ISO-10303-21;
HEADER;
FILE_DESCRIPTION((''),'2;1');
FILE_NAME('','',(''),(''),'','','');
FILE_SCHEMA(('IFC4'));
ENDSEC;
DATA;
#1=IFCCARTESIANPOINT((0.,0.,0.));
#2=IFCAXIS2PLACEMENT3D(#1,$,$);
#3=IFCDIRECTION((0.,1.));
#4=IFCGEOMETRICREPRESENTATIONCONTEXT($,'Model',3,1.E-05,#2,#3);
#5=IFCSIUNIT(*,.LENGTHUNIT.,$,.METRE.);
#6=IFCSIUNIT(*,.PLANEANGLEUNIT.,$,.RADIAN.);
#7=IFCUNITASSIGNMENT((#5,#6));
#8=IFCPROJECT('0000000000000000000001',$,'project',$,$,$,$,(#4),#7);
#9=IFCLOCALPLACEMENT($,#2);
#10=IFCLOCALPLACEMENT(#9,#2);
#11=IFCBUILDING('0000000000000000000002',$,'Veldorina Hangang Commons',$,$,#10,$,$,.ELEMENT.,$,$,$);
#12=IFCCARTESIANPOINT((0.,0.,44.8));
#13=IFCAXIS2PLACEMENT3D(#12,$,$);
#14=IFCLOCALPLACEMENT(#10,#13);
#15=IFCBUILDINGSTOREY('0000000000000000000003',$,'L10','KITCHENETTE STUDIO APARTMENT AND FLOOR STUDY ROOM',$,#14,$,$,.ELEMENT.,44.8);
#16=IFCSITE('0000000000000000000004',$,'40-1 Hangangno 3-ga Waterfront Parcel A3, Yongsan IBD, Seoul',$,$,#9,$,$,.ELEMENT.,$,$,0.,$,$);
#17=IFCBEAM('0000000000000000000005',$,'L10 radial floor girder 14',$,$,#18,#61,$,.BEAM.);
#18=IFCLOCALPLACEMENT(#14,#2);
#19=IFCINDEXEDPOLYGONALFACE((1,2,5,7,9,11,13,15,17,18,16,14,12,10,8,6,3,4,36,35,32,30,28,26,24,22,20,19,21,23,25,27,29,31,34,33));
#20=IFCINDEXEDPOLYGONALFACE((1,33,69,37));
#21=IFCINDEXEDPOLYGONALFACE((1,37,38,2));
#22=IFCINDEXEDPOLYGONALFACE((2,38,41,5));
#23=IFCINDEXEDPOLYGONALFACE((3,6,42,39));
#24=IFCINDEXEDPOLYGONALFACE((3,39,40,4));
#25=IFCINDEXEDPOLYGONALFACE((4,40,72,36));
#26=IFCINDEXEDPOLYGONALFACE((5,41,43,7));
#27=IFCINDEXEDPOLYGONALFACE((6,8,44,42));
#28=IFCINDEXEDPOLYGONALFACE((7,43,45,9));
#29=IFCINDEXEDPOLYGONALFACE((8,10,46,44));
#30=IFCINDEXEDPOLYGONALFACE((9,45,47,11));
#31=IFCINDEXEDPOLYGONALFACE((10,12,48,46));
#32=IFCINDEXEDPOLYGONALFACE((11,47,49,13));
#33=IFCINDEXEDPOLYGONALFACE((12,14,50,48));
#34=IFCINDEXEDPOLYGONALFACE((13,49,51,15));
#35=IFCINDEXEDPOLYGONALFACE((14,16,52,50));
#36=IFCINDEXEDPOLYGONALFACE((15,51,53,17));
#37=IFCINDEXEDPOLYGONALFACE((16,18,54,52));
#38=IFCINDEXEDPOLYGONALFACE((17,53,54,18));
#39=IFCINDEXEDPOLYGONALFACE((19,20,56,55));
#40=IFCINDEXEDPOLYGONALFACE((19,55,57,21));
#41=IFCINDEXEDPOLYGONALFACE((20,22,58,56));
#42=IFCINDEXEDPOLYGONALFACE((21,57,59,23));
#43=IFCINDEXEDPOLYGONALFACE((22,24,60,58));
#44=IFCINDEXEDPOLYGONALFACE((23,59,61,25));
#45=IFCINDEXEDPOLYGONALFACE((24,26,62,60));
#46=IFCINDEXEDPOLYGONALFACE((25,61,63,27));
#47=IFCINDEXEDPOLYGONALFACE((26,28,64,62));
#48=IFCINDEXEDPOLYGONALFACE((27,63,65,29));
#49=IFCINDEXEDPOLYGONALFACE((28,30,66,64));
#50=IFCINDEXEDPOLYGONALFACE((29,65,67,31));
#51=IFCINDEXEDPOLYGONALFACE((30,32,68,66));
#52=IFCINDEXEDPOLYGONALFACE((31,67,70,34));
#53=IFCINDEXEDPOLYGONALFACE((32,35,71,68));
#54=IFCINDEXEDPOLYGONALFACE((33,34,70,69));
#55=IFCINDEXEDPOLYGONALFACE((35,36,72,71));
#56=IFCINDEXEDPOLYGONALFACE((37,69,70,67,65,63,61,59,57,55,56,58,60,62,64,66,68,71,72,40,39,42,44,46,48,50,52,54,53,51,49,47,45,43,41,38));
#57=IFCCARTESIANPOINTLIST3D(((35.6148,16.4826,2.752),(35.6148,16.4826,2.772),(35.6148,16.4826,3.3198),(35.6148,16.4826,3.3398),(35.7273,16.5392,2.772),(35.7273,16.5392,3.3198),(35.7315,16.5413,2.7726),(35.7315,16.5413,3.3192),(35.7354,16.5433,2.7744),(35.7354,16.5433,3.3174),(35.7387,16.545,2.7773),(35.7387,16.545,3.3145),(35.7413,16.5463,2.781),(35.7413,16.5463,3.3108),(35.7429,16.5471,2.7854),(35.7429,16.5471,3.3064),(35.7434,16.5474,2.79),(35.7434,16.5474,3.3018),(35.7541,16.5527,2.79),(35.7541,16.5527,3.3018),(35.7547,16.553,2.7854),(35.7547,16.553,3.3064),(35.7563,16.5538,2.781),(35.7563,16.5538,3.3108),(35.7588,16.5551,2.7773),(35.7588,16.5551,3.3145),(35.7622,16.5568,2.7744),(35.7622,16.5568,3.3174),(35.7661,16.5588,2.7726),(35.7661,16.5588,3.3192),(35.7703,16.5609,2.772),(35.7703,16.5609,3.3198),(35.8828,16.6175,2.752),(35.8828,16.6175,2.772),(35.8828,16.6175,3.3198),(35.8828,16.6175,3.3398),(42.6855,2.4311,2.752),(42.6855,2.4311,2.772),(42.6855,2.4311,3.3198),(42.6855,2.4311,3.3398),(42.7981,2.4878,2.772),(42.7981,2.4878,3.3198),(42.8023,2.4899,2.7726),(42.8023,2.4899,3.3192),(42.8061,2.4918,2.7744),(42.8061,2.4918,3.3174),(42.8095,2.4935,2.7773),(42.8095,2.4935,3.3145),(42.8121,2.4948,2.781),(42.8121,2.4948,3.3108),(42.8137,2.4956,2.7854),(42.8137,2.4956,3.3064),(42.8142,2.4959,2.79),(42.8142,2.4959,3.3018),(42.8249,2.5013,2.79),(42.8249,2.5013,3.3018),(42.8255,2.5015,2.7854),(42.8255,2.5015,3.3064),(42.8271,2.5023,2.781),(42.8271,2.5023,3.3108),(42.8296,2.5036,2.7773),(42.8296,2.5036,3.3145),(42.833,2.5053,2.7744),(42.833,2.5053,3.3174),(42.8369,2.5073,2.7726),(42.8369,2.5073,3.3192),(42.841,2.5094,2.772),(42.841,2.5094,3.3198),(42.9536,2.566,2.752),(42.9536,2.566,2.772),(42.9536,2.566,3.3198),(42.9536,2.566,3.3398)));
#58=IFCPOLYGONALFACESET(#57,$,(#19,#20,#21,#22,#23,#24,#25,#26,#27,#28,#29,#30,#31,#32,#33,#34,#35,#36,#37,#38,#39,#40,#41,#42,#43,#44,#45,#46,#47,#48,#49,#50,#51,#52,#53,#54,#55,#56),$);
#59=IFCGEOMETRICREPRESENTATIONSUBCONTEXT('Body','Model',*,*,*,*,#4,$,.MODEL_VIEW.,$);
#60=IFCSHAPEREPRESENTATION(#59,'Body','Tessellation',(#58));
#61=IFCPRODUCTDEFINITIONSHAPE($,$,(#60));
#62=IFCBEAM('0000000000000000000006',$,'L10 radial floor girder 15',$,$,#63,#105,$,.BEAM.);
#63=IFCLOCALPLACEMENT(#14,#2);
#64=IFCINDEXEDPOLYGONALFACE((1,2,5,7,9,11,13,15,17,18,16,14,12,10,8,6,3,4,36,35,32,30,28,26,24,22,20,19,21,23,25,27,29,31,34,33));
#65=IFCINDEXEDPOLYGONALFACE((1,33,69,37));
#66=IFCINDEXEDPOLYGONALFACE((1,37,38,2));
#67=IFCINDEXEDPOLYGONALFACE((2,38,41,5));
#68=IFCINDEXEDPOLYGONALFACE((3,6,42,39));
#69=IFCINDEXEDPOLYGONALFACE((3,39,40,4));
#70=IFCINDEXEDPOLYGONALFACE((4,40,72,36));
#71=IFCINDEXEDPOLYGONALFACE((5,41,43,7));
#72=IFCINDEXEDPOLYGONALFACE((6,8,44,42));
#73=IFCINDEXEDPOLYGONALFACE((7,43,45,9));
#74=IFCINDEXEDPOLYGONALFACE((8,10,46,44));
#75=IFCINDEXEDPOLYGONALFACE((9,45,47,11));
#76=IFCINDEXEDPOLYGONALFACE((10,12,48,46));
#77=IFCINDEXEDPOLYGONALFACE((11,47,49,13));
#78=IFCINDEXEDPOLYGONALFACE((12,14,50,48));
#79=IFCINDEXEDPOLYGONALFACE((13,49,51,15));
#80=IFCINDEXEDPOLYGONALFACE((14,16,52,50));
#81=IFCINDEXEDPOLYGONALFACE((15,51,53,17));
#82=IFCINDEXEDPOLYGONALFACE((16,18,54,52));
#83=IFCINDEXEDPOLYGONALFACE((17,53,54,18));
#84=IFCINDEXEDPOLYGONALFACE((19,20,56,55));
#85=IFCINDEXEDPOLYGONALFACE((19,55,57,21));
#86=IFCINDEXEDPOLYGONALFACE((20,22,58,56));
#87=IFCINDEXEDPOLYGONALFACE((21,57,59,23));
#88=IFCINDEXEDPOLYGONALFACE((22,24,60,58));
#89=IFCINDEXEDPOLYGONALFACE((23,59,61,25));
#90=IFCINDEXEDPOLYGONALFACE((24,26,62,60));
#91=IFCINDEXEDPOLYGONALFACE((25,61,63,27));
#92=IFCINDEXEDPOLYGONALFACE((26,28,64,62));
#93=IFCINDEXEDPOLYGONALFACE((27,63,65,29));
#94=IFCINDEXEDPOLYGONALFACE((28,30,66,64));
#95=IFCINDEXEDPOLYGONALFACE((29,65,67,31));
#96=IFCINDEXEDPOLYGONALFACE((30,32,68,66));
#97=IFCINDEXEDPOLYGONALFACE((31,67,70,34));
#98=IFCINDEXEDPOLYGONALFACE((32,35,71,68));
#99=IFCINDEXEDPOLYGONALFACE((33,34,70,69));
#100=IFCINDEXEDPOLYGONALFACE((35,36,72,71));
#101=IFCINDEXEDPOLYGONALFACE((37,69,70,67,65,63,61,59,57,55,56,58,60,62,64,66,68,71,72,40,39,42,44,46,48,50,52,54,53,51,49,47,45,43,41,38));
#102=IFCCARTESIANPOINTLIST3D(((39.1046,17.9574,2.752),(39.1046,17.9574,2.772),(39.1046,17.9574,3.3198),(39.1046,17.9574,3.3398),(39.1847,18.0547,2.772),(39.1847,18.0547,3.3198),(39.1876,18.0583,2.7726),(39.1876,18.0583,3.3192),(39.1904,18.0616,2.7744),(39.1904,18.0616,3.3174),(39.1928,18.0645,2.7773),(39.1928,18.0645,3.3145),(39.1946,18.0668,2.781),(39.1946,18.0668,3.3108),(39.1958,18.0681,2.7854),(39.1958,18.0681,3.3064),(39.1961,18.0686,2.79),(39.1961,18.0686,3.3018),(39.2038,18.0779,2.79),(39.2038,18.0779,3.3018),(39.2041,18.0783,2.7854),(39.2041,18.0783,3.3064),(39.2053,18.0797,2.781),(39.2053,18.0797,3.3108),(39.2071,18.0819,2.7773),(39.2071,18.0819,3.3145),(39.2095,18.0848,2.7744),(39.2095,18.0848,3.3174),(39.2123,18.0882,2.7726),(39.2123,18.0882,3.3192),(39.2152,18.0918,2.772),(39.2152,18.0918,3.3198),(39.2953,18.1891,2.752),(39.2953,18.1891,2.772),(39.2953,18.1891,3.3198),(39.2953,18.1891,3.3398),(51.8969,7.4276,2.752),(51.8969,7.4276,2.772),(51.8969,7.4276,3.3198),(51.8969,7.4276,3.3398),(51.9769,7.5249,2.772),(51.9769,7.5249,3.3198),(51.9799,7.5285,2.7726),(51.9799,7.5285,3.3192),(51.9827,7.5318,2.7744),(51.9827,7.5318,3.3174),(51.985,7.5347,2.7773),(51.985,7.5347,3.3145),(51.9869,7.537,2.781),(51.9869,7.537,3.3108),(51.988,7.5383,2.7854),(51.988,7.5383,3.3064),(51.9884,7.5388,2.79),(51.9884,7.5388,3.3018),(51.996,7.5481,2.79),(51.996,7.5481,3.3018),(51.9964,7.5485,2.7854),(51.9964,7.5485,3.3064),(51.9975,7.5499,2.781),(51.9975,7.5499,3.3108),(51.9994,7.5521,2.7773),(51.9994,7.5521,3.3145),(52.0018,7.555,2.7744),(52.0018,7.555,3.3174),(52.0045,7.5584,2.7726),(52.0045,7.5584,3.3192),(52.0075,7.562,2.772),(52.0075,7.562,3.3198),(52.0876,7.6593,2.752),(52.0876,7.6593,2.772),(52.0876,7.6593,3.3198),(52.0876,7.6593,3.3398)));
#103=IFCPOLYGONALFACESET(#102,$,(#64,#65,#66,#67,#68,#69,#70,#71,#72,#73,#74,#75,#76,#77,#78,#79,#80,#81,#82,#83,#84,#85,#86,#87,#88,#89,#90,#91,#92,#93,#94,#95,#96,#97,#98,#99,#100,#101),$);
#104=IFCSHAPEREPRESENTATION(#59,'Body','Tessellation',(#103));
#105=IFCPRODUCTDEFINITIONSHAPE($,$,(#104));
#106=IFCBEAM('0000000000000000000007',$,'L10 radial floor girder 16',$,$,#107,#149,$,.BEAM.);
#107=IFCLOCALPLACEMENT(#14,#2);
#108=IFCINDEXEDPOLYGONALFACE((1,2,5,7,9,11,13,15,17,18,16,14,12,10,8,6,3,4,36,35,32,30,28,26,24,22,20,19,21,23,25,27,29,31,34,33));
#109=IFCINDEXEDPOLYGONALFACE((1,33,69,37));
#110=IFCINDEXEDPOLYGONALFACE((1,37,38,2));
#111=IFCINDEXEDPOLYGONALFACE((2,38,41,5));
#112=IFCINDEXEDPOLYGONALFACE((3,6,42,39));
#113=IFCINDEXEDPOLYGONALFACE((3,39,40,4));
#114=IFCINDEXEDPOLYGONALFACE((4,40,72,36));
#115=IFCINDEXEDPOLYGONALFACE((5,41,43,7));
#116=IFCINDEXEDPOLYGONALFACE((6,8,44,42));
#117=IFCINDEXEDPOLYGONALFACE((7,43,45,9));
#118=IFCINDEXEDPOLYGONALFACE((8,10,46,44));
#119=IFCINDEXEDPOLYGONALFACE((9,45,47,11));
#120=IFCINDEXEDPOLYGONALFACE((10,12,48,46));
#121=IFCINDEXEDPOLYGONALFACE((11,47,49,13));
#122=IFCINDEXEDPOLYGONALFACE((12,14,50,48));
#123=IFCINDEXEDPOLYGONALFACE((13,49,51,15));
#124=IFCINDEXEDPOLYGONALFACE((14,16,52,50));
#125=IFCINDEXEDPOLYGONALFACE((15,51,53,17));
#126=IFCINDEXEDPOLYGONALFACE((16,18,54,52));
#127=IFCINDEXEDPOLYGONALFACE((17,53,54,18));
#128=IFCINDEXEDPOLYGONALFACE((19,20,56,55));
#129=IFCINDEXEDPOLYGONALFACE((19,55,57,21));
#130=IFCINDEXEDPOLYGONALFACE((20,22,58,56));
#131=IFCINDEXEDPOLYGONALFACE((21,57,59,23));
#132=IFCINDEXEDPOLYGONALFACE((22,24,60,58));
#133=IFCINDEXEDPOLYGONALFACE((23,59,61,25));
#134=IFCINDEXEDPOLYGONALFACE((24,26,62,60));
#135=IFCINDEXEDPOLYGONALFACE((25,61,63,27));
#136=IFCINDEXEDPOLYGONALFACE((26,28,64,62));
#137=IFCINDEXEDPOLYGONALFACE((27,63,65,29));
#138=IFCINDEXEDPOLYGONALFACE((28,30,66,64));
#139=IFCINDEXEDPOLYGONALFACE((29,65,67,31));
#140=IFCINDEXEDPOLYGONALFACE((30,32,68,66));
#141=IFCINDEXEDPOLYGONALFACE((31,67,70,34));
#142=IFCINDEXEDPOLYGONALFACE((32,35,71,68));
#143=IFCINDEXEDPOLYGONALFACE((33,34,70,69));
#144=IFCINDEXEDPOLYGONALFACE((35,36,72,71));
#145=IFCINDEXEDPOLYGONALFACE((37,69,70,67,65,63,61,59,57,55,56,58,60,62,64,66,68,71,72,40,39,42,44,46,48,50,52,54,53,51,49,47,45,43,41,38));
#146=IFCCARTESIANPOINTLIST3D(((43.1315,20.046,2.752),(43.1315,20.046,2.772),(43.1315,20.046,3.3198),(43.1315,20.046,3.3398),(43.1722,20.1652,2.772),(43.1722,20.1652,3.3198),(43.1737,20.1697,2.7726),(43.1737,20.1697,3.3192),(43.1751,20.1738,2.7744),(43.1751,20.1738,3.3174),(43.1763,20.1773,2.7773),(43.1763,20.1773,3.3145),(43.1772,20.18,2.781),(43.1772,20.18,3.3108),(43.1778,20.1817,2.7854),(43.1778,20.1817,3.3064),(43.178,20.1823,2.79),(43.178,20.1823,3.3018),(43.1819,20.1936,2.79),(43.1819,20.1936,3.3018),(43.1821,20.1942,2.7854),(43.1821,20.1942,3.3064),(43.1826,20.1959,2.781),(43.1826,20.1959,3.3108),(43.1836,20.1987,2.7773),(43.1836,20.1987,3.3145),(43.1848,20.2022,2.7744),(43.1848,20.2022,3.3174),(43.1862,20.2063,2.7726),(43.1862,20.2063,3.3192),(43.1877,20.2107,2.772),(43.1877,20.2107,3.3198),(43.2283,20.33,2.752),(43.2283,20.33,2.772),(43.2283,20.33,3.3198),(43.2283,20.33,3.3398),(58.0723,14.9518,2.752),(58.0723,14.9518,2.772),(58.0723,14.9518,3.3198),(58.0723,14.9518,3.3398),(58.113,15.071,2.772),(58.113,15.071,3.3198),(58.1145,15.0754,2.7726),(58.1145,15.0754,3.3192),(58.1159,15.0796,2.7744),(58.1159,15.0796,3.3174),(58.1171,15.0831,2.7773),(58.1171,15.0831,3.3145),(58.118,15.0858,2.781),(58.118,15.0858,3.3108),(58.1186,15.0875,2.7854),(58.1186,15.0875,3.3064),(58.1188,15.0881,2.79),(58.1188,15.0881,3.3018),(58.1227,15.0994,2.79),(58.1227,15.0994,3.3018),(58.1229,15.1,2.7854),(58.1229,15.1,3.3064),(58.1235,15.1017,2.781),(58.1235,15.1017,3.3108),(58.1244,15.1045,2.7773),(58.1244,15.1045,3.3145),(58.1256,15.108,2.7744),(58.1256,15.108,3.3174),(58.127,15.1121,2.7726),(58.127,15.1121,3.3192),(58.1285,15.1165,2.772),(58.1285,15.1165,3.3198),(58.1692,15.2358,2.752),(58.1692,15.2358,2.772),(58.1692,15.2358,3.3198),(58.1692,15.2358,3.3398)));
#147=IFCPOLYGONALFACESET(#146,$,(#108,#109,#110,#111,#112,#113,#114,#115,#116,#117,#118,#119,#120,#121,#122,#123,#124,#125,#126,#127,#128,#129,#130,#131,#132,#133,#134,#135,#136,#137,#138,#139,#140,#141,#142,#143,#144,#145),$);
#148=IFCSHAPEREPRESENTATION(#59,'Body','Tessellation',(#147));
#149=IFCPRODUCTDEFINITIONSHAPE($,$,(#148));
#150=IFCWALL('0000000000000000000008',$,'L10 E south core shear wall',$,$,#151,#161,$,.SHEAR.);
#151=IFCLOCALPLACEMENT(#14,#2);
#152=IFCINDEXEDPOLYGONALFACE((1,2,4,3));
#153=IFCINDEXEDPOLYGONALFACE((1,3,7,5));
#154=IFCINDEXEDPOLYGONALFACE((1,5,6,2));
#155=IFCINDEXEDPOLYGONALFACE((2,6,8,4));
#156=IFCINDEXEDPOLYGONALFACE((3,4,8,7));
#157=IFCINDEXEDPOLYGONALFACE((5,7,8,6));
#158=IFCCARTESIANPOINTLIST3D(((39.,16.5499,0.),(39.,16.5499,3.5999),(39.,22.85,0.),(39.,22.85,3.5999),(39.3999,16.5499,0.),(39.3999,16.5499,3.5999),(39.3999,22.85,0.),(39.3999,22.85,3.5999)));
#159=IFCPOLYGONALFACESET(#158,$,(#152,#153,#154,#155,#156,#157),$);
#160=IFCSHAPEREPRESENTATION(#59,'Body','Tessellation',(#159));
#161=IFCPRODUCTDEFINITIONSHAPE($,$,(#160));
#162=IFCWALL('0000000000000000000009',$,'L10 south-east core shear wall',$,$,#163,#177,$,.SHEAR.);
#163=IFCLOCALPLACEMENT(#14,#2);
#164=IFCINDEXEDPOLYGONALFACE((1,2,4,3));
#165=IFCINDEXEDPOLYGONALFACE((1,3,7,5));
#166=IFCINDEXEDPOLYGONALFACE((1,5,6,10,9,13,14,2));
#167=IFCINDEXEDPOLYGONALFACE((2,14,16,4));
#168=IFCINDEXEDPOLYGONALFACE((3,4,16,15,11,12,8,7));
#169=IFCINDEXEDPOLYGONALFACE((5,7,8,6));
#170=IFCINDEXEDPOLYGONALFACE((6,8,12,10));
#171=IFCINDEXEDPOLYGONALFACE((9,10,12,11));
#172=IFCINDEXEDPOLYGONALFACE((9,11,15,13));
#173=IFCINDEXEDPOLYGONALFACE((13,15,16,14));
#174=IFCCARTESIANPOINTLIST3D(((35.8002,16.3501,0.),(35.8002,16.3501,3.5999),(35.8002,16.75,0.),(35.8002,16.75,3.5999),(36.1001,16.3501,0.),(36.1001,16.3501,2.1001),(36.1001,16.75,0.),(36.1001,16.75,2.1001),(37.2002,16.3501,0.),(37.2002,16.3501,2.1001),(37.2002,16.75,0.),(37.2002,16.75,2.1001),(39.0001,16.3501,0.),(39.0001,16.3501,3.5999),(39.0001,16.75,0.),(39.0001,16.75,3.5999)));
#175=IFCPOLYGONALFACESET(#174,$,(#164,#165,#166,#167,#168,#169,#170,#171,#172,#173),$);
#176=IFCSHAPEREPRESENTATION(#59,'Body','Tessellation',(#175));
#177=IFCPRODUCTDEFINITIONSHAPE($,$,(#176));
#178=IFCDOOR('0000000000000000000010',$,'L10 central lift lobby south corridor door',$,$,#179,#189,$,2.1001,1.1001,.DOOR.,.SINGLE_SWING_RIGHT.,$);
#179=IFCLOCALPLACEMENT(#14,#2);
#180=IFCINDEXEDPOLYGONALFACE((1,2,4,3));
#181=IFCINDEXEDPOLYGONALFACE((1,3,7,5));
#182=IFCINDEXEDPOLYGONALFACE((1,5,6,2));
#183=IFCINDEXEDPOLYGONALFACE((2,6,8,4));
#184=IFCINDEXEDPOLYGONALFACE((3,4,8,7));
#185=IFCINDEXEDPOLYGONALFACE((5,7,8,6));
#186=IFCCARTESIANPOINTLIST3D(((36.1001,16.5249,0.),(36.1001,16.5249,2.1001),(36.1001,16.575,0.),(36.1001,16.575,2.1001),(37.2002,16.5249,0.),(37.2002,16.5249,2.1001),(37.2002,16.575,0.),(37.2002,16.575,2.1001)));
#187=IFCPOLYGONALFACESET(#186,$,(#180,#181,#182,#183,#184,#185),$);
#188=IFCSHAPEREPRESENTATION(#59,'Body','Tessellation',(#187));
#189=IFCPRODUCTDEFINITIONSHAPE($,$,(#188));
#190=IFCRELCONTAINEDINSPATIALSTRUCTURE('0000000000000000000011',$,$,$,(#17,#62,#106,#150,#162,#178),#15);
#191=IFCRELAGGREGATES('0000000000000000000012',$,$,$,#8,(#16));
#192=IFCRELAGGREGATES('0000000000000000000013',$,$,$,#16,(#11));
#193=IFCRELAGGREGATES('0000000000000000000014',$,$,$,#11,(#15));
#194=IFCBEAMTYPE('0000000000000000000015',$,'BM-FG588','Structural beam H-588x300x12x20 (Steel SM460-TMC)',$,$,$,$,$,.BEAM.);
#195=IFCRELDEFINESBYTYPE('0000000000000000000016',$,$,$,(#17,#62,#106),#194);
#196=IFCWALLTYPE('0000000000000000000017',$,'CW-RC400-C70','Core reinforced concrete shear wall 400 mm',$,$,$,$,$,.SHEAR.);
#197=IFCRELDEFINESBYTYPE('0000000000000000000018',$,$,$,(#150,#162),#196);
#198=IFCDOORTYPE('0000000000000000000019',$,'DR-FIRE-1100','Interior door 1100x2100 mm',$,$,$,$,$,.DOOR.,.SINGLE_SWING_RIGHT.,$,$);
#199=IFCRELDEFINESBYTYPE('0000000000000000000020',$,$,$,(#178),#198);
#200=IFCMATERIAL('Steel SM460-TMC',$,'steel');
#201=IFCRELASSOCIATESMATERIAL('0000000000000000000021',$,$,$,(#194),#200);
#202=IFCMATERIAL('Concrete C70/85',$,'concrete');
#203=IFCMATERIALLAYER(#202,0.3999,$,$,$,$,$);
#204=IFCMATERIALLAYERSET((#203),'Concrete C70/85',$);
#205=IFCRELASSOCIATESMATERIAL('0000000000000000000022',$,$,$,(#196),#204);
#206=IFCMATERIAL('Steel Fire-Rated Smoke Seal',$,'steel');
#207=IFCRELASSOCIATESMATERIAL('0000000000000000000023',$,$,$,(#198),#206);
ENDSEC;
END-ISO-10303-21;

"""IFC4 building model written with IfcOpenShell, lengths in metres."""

from ifc_helpers import new_model, si_unit, direction, frame, frame_2d, origin, origin_2d, place, context, subcontext, project, spatial, rectangle, i_section, extrude, material, layer, layer_set, material_profile, profile_set, type_object, element, fill, save


model = new_model("IFC4")

# Units and contexts
model_context = context("Model", 3, precision=1e-05, world=origin(), true_north=direction((0.0, 1.0)))
body_context = subcontext(model_context, "Body", "Model", "MODEL_VIEW")
ifc_project = project(units=[si_unit("LENGTHUNIT", "METRE"), si_unit("PLANEANGLEUNIT", "RADIAN")], contexts=[model_context])

# Site, building, storey
site_placement = place(None, origin())
site = spatial("IfcSite", under=ifc_project, at=site_placement, Name="40-1 Hangangno 3-ga Waterfront Parcel A3, Yongsan IBD, Seoul", CompositionType="ELEMENT", RefElevation=0.0)
building_placement = place(site_placement, origin())
building = spatial("IfcBuilding", under=site, at=building_placement, Name="Veldorina Hangang Commons", CompositionType="ELEMENT")
storey_placement = place(building_placement, frame((0.0, 0.0, 44.8)))
storey = spatial("IfcBuildingStorey", under=building, at=storey_placement, Name="L10", Description="KITCHENETTE STUDIO APARTMENT AND FLOOR STUDY ROOM", CompositionType="ELEMENT", Elevation=44.8)

# Beams
ifc_material_1 = material(Name="Steel SM460-TMC", Category="steel")
ifc_material_profile = material_profile(ifc_material_1, i_section(OverallWidth=0.3, OverallDepth=0.5879, WebThickness=0.012, FlangeThickness=0.02, FilletRadius=0.0181, at=origin_2d()), Name="H-588x300x12x20")
ifc_profile_set = profile_set([ifc_material_profile], Name="Steel SM460-TMC")
beam_type = type_object("IfcBeamType", Name="BM-FG588", Description="Structural beam H-588x300x12x20 (Steel SM460-TMC)", PredefinedType="BEAM", material=ifc_profile_set)
beam_1_placement = place(storey_placement, frame((35.7488, 16.55, 3.0459), z_axis=(0.449503, -0.893279, 0.0), x_axis=(0.893279, 0.449503, 0.0)))
element("IfcBeam", 1, at=beam_1_placement, inside=storey, type_object=beam_type, Name="L10 radial floor girder 14", PredefinedType="BEAM", context=body_context, shape_type="SweptSolid", body=[
    extrude(i_section(OverallWidth=0.3, OverallDepth=0.5879, WebThickness=0.012, FlangeThickness=0.02, FilletRadius=0.0181, at=origin_2d()), origin(), (0.0, 0.0, 1.0), 15.7302),
])
beam_2_placement = place(storey_placement, frame((39.2, 18.0732, 3.0459), z_axis=(0.772078, -0.635527, 0.0), x_axis=(0.635527, 0.772078, 0.0)))
element("IfcBeam", 2, at=beam_2_placement, inside=storey, type_object=beam_type, Name="L10 radial floor girder 15", PredefinedType="BEAM", context=body_context, shape_type="SweptSolid", body=[
    extrude(i_section(OverallWidth=0.3, OverallDepth=0.5879, WebThickness=0.012, FlangeThickness=0.02, FilletRadius=0.0181, at=origin_2d()), origin(), (0.0, 0.0, 1.0), 16.5686),
])
beam_3_placement = place(storey_placement, frame((43.1799, 20.188, 3.0459), z_axis=(0.946496, -0.322716, 0.0), x_axis=(0.322716, 0.946496, 0.0)))
element("IfcBeam", 3, at=beam_3_placement, inside=storey, type_object=beam_type, Name="L10 radial floor girder 16", PredefinedType="BEAM", context=body_context, shape_type="SweptSolid", body=[
    extrude(i_section(OverallWidth=0.3, OverallDepth=0.5879, WebThickness=0.012, FlangeThickness=0.02, FilletRadius=0.0181, at=origin_2d()), origin(), (0.0, 0.0, 1.0), 15.7854),
])

# Wall
ifc_material_2 = material(Name="Concrete C70/85", Category="concrete")
ifc_layer_1 = layer(ifc_material_2, 0.3999)
ifc_layer_set_1 = layer_set([ifc_layer_1], Name="Concrete C70/85")
wall_type_1 = type_object("IfcWallType", Name="CW-RC400-C70", Description="Core reinforced concrete shear wall 400 mm", PredefinedType="SHEAR", material=ifc_layer_set_1)
wall_1_placement = place(storey_placement, frame((39.2, 16.55, 0.0), z_axis=(0.0, 0.0, 1.0), x_axis=(0.0, 1.0, 0.0)))
element("IfcWall", 4, at=wall_1_placement, inside=storey, type_object=wall_type_1, Name="L10 E south core shear wall", PredefinedType="SHEAR", context=body_context, shape_type="SweptSolid", body=[
    extrude(rectangle(XDim=6.3, YDim=0.3999, at=frame_2d((3.1499, 0.0))), origin(), (0.0, 0.0, 1.0), 3.5999),
])

# Wall, opening, door
wall_2_placement = place(storey_placement, frame((35.8, 16.55, 0.0), z_axis=(0.0, 0.0, 1.0), x_axis=(1.0, 0.0, 0.0)))
wall_2 = element("IfcWall", 5, at=wall_2_placement, inside=storey, type_object=wall_type_1, Name="L10 south-east core shear wall", PredefinedType="SHEAR", context=body_context, shape_type="SweptSolid", body=[
    extrude(rectangle(XDim=3.2, YDim=0.3999, at=frame_2d((1.6001, 0.0))), origin(), (0.0, 0.0, 1.0), 3.5999),
])
opening_1_placement = place(wall_2_placement, frame((0.3, 0.0, 0.0)))
opening_1 = element("IfcOpeningElement", 6, at=opening_1_placement, cuts=wall_2, PredefinedType="OPENING", context=body_context, shape_type="SweptSolid", body=[
    extrude(rectangle(XDim=1.1001, YDim=2.1001, at=frame_2d((0.55, 1.05))), frame((0.0, 0.21, 0.0), z_axis=(0.0, -1.0, 0.0), x_axis=(1.0, 0.0, 0.0)), (0.0, 0.0, 1.0), 0.4199),
])
ifc_material_3 = material(Name="Steel Fire-Rated Smoke Seal", Category="steel")
door_type_1 = type_object("IfcDoorType", Name="DR-FIRE-1100", Description="Interior door 1100x2100 mm", OperationType="SINGLE_SWING_RIGHT", PredefinedType="DOOR", material=ifc_material_3)
door_1_placement = place(opening_1_placement, origin())
door_1 = element("IfcDoor", 7, at=door_1_placement, inside=storey, type_object=door_type_1, Name="L10 central lift lobby south corridor door", OperationType="SINGLE_SWING_RIGHT", OverallHeight=2.1001, OverallWidth=1.1001, PredefinedType="DOOR", context=body_context, shape_type="SweptSolid", body=[
    extrude(rectangle(XDim=1.1001, YDim=2.1001, at=frame_2d((0.55, 1.05))), frame((0.0, 0.0249, 0.0), z_axis=(0.0, -1.0, 0.0), x_axis=(1.0, 0.0, 0.0)), (0.0, 0.0, 1.0), 0.05),
])
fill(opening_1, door_1)

save(model, "model.ifc")
